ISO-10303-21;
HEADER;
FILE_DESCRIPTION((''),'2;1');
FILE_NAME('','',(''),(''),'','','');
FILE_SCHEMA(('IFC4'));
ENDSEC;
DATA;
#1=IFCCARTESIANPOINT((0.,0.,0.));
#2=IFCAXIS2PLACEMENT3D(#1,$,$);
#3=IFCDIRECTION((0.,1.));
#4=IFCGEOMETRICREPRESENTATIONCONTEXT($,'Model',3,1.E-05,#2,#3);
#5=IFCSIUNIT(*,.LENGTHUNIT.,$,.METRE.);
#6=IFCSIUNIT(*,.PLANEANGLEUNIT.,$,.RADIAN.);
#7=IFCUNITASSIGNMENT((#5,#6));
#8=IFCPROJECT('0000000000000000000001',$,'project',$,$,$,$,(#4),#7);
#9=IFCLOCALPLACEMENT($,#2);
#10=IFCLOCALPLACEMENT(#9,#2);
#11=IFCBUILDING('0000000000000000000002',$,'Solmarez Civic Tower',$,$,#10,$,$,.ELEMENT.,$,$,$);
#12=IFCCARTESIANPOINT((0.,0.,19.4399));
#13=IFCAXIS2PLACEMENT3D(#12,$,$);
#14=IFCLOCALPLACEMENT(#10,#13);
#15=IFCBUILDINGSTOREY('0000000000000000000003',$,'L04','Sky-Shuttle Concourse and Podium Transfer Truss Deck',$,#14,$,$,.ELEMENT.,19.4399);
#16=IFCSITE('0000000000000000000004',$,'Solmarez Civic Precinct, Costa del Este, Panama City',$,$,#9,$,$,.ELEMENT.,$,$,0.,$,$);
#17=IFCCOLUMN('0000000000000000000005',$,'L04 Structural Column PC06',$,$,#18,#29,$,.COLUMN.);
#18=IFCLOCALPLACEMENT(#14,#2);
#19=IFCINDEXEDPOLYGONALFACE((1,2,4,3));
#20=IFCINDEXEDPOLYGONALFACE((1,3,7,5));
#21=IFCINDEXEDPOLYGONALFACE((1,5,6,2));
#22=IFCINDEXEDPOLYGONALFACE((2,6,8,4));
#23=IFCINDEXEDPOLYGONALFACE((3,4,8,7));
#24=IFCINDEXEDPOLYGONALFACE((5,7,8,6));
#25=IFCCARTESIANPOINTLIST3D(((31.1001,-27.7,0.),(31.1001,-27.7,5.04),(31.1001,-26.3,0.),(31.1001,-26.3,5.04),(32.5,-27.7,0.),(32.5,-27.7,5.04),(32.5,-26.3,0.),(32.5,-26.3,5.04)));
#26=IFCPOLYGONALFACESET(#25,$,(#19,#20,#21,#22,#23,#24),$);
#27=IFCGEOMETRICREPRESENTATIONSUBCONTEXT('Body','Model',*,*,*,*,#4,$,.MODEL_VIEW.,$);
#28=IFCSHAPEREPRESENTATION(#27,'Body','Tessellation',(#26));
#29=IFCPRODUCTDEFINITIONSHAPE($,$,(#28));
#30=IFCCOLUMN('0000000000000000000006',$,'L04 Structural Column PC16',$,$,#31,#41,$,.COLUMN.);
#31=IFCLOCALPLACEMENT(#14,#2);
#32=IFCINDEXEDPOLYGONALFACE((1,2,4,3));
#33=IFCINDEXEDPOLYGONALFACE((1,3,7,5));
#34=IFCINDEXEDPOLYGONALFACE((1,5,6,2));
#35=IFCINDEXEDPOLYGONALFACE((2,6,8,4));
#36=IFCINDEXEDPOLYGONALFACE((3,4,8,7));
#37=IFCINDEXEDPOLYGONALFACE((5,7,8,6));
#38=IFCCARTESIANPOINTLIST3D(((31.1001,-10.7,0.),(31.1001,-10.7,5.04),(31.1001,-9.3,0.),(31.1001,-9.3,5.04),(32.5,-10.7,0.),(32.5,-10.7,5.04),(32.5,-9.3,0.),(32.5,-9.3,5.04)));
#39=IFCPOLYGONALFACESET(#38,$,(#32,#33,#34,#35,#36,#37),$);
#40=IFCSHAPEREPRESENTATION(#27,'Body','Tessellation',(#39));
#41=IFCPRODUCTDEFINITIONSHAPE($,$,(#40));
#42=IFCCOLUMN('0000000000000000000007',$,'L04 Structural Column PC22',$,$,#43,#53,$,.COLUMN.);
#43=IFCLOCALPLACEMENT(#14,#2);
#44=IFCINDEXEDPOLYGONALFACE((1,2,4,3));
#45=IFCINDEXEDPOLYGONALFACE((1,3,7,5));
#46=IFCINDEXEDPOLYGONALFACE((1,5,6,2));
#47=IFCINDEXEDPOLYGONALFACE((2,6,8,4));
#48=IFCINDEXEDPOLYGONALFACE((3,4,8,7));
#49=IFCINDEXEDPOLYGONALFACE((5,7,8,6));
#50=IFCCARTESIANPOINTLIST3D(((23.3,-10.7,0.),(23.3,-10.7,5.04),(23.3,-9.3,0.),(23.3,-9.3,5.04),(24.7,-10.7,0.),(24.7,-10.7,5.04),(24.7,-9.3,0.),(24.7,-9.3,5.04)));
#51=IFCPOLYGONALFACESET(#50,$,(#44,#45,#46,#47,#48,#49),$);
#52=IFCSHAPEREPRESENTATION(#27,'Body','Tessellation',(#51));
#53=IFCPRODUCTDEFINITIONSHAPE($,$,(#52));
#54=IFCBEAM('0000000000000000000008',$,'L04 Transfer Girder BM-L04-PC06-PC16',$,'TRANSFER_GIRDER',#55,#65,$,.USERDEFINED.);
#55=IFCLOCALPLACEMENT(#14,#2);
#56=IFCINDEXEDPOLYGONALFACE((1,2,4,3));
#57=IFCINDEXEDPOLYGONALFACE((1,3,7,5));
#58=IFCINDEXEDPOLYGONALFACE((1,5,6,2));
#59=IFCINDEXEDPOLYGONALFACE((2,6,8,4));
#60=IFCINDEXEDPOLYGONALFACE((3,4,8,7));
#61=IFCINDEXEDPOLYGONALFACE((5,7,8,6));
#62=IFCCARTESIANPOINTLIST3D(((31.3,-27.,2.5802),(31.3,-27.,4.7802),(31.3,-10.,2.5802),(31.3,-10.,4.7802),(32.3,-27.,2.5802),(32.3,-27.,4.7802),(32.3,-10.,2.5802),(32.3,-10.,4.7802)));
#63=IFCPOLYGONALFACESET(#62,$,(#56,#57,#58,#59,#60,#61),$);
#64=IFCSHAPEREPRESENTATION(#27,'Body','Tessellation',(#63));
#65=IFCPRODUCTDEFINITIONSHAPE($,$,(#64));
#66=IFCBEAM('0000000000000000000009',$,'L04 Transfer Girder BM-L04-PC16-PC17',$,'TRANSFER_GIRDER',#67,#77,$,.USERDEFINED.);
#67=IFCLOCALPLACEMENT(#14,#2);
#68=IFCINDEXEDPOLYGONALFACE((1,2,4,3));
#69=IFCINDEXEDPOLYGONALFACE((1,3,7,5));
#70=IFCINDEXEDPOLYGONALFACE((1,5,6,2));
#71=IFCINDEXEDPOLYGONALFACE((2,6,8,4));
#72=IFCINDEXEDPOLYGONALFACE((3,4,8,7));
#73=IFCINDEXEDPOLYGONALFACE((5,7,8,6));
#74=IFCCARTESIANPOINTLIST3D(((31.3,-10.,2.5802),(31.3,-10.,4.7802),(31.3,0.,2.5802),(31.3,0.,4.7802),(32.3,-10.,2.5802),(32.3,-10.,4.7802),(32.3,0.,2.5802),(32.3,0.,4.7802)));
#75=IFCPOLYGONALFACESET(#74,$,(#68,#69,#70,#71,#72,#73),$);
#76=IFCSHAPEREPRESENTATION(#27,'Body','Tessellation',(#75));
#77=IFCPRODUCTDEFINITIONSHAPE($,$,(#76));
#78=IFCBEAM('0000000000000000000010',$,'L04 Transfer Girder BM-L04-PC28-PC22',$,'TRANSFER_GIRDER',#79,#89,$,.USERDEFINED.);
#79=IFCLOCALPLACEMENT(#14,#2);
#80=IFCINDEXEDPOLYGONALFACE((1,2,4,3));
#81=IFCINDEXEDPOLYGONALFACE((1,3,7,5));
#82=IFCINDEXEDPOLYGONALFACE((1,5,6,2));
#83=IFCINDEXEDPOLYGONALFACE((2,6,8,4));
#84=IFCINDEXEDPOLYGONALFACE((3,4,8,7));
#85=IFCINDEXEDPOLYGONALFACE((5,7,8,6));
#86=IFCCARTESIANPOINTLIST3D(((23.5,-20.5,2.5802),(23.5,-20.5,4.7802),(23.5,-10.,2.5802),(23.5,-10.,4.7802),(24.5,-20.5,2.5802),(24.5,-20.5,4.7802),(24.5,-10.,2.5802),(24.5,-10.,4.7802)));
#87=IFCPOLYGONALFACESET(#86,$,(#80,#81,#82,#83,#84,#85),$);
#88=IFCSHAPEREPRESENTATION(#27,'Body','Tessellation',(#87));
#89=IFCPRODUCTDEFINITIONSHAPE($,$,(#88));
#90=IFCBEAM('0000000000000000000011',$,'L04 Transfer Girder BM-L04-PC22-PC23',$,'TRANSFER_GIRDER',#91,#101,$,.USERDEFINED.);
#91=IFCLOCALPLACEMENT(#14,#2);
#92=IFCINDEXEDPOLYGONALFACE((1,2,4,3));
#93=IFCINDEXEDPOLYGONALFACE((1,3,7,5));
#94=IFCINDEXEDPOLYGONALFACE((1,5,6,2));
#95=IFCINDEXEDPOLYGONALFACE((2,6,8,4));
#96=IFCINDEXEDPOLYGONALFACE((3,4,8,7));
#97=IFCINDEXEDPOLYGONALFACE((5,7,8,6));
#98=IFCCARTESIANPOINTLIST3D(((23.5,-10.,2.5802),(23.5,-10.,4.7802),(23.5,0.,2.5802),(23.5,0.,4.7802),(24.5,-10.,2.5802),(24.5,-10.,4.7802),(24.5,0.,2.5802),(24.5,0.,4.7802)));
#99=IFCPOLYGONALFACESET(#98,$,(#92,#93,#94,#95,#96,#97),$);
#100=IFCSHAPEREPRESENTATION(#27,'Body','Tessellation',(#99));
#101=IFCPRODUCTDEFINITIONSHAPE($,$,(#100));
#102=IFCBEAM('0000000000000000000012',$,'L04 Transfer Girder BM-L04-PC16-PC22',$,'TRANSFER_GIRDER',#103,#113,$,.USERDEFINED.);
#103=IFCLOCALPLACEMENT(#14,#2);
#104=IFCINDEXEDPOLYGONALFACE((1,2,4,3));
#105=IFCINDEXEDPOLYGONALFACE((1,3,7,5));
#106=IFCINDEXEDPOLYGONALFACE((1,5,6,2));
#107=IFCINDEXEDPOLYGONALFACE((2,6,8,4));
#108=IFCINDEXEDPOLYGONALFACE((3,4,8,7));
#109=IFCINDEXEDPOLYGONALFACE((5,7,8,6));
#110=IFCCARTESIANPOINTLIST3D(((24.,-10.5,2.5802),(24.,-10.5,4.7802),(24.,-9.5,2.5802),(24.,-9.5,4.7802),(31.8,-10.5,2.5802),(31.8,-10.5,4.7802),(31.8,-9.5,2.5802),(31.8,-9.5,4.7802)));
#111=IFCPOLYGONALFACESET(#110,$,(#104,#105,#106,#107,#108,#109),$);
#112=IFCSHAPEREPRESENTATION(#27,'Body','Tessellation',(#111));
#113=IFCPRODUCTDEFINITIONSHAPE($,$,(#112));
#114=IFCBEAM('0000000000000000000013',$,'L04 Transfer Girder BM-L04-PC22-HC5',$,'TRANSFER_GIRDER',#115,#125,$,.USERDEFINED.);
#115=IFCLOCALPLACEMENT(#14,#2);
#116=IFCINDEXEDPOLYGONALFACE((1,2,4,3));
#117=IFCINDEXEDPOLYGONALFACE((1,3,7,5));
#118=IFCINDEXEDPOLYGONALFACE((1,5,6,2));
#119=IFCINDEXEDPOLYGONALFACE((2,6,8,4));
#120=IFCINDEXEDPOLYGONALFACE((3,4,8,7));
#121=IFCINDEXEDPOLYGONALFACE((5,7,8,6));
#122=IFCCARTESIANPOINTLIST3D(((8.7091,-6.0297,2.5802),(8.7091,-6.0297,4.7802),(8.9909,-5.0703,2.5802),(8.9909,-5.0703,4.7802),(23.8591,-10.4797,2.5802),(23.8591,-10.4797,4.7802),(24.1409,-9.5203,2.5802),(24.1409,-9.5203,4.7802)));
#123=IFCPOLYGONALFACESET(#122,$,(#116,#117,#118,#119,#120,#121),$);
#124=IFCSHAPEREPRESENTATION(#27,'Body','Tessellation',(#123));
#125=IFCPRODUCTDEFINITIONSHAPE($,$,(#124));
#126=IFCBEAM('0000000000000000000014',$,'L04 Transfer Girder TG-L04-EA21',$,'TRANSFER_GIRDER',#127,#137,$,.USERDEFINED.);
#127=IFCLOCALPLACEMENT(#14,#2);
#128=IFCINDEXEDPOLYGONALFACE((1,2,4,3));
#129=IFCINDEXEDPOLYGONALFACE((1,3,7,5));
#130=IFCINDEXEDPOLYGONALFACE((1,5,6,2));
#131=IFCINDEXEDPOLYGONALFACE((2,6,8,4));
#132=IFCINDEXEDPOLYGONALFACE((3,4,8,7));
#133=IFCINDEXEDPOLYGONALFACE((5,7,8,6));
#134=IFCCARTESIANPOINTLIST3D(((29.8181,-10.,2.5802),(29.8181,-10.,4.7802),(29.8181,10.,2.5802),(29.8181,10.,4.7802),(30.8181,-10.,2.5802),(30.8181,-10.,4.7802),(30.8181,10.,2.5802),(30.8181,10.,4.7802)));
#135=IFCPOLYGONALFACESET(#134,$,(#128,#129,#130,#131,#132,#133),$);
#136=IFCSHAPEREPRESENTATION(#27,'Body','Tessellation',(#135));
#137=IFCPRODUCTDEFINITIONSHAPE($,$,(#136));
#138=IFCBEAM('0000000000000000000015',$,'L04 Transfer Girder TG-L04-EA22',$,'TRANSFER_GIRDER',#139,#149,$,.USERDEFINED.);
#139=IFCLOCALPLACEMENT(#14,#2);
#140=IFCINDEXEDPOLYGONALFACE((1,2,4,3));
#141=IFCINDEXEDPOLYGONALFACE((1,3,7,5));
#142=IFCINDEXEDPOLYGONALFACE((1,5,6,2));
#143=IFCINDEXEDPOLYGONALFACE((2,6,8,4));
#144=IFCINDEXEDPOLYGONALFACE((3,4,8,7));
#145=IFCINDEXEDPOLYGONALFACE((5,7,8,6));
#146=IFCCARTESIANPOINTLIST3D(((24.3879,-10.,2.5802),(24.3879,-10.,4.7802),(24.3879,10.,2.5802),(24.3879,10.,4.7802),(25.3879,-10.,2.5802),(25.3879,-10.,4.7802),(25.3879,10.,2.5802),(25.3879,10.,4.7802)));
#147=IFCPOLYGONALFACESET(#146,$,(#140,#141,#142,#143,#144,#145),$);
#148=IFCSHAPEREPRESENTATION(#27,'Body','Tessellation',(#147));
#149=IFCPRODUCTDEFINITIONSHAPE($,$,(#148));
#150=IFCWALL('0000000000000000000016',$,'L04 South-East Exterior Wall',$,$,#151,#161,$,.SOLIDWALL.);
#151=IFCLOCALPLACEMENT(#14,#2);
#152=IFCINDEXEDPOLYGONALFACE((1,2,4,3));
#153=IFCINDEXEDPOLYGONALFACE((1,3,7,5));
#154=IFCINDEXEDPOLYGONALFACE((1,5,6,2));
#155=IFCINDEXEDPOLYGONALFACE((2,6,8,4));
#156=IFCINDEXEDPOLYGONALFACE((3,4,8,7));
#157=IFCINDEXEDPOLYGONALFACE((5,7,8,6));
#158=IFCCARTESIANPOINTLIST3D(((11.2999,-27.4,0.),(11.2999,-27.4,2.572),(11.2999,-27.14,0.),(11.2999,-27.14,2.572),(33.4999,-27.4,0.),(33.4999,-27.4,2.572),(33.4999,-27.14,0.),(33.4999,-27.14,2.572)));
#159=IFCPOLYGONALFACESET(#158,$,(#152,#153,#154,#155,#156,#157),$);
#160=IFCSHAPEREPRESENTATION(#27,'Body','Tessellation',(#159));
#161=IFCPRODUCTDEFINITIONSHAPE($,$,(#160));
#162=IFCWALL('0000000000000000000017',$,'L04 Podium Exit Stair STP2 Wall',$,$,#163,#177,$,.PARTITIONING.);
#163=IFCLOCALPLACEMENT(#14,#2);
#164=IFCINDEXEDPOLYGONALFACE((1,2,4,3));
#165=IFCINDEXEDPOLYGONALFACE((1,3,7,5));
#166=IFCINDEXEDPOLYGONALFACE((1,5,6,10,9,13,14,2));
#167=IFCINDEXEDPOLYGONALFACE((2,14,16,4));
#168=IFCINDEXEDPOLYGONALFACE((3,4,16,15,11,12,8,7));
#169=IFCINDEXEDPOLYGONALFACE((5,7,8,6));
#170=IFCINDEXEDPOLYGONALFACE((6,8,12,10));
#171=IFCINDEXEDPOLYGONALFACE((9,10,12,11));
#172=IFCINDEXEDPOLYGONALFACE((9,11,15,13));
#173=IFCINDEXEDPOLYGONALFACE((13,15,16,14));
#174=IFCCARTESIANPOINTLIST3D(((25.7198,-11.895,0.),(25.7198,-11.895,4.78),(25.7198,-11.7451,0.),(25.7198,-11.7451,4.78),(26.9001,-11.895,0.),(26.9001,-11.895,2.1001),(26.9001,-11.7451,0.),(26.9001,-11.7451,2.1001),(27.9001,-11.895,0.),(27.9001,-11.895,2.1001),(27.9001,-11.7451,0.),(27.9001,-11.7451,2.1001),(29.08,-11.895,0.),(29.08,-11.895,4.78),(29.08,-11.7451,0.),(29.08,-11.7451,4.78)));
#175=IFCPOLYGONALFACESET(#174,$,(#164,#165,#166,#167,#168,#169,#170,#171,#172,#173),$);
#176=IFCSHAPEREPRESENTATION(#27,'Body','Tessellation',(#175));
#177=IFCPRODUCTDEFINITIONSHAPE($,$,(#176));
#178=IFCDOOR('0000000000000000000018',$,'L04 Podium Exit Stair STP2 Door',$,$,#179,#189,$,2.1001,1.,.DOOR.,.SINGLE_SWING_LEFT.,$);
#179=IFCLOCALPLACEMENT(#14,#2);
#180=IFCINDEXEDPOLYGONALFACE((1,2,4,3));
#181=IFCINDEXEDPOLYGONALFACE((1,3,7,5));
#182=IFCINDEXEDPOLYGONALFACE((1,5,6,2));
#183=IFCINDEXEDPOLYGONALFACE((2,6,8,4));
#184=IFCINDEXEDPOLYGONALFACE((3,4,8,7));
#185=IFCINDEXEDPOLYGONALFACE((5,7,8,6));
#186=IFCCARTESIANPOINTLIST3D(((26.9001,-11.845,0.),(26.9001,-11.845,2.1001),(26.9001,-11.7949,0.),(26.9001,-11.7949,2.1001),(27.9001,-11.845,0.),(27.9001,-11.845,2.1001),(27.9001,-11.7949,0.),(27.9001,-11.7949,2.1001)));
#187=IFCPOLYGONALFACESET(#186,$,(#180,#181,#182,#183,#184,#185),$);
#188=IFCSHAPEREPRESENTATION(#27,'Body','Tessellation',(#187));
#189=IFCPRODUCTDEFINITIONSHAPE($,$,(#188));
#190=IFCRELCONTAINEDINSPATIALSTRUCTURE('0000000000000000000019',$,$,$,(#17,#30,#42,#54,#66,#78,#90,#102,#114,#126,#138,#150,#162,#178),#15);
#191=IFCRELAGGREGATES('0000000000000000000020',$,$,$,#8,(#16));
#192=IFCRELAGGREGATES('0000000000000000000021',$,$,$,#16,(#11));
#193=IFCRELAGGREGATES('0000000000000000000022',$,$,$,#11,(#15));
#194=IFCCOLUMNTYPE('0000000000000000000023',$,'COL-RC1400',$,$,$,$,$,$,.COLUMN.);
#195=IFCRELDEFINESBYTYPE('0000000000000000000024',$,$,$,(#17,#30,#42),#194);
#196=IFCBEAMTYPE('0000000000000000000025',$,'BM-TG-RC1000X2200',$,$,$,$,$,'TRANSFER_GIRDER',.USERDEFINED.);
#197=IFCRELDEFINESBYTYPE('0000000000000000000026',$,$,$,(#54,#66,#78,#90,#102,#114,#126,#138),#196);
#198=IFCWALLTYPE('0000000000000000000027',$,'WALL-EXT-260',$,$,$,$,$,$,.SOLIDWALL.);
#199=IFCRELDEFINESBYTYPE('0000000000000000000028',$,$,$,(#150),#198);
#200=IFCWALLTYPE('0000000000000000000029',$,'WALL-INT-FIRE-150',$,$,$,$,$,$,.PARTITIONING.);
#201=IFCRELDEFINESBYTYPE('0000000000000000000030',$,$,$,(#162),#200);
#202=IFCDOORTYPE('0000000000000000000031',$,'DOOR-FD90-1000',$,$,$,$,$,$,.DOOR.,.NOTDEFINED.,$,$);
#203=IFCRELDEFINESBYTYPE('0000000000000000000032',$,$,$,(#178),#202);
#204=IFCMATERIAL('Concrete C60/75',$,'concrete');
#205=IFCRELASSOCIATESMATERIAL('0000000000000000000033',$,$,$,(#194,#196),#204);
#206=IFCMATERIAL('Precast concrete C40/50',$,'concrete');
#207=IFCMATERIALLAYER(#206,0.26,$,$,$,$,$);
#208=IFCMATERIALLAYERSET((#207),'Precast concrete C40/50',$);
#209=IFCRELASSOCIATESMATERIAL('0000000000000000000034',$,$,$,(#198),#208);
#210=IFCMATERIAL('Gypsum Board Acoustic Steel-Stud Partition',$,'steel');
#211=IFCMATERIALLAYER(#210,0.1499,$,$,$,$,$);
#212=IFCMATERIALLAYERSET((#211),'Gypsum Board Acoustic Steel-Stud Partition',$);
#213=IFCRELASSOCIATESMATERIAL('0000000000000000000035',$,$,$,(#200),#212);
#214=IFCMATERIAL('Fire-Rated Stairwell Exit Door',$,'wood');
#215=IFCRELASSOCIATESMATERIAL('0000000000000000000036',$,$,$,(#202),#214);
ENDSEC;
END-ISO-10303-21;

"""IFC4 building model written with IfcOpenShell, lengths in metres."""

from ifc_helpers import new_model, si_unit, direction, frame, frame_2d, origin, origin_2d, place, context, subcontext, project, spatial, rectangle, extrude, material, layer, layer_set, material_profile, profile_set, type_object, element, fill, save


model = new_model("IFC4")

# Units and contexts
model_context = context("Model", 3, precision=1e-05, world=origin(), true_north=direction((0.0, 1.0)))
body_context = subcontext(model_context, "Body", "Model", "MODEL_VIEW")
ifc_project = project(units=[si_unit("LENGTHUNIT", "METRE"), si_unit("PLANEANGLEUNIT", "RADIAN")], contexts=[model_context])

# Site, building, storey
site_placement = place(None, origin())
site = spatial("IfcSite", under=ifc_project, at=site_placement, Name="Solmarez Civic Precinct, Costa del Este, Panama City", CompositionType="ELEMENT", RefElevation=0.0)
building_placement = place(site_placement, origin())
building = spatial("IfcBuilding", under=site, at=building_placement, Name="Solmarez Civic Tower", CompositionType="ELEMENT")
storey_placement = place(building_placement, frame((0.0, 0.0, 19.4399)))
storey = spatial("IfcBuildingStorey", under=building, at=storey_placement, Name="L04", Description="Sky-Shuttle Concourse and Podium Transfer Truss Deck", CompositionType="ELEMENT", Elevation=19.4399)

# Columns
ifc_material_1 = material(Name="Concrete C60/75", Category="concrete")
ifc_material_profile_1 = material_profile(ifc_material_1, rectangle(XDim=1.3999, YDim=1.3999, at=origin_2d()), Name="RC1400X1400")
ifc_profile_set_1 = profile_set([ifc_material_profile_1], Name="Concrete C60/75")
column_type = type_object("IfcColumnType", Name="COL-RC1400", PredefinedType="COLUMN", material=ifc_profile_set_1)
for number, where, z_axis, x_axis, name in (
    (1, (31.8, -27.0, 0.0), (0.0, 0.0, 1.0), (1.0, 0.0, 0.0), "L04 Structural Column PC06"),
    (2, (31.8, -10.0, 0.0), (0.0, 0.0, 1.0), (1.0, 0.0, 0.0), "L04 Structural Column PC16"),
    (3, (24.0, -10.0, 0.0), (0.0, 0.0, 1.0), (1.0, 0.0, 0.0), "L04 Structural Column PC22"),
):
    element("IfcColumn", number, at=place(storey_placement, frame(where, z_axis=z_axis, x_axis=x_axis)), inside=storey, type_object=column_type, Name=name, PredefinedType="COLUMN", context=body_context, shape_type="SweptSolid", body=[
        extrude(rectangle(XDim=1.3999, YDim=1.3999, at=origin_2d()), origin(), (0.0, 0.0, 1.0), 5.04),
    ])

# Beams
ifc_material_profile_2 = material_profile(ifc_material_1, rectangle(XDim=1.0, YDim=2.2, at=origin_2d()), Name="RC1000X2200")
ifc_profile_set_2 = profile_set([ifc_material_profile_2], Name="Concrete C60/75")
beam_type = type_object("IfcBeamType", Name="BM-TG-RC1000X2200", ElementType="TRANSFER_GIRDER", PredefinedType="USERDEFINED", material=ifc_profile_set_2)
beam_1_placement = place(storey_placement, frame((31.8, -27.0, 3.6802), z_axis=(0.0, 1.0, 0.0), x_axis=(-1.0, 0.0, 0.0)))
element("IfcBeam", 4, at=beam_1_placement, inside=storey, type_object=beam_type, Name="L04 Transfer Girder BM-L04-PC06-PC16", ObjectType="TRANSFER_GIRDER", PredefinedType="USERDEFINED", context=body_context, shape_type="SweptSolid", body=[
    extrude(rectangle(XDim=1.0, YDim=2.2, at=origin_2d()), origin(), (0.0, 0.0, 1.0), 17.0),
])
beam_2_placement = place(storey_placement, frame((31.8, -10.0, 3.6802), z_axis=(0.0, 1.0, 0.0), x_axis=(-1.0, 0.0, 0.0)))
element("IfcBeam", 5, at=beam_2_placement, inside=storey, type_object=beam_type, Name="L04 Transfer Girder BM-L04-PC16-PC17", ObjectType="TRANSFER_GIRDER", PredefinedType="USERDEFINED", context=body_context, shape_type="SweptSolid", body=[
    extrude(rectangle(XDim=1.0, YDim=2.2, at=origin_2d()), origin(), (0.0, 0.0, 1.0), 10.0),
])
beam_3_placement = place(storey_placement, frame((24.0, -20.5, 3.6802), z_axis=(0.0, 1.0, 0.0), x_axis=(-1.0, 0.0, 0.0)))
element("IfcBeam", 6, at=beam_3_placement, inside=storey, type_object=beam_type, Name="L04 Transfer Girder BM-L04-PC28-PC22", ObjectType="TRANSFER_GIRDER", PredefinedType="USERDEFINED", context=body_context, shape_type="SweptSolid", body=[
    extrude(rectangle(XDim=1.0, YDim=2.2, at=origin_2d()), origin(), (0.0, 0.0, 1.0), 10.5),
])
beam_4_placement = place(storey_placement, frame((24.0, -10.0, 3.6802), z_axis=(0.0, 1.0, 0.0), x_axis=(-1.0, 0.0, 0.0)))
element("IfcBeam", 7, at=beam_4_placement, inside=storey, type_object=beam_type, Name="L04 Transfer Girder BM-L04-PC22-PC23", ObjectType="TRANSFER_GIRDER", PredefinedType="USERDEFINED", context=body_context, shape_type="SweptSolid", body=[
    extrude(rectangle(XDim=1.0, YDim=2.2, at=origin_2d()), origin(), (0.0, 0.0, 1.0), 10.0),
])
beam_5_placement = place(storey_placement, frame((31.8, -10.0, 3.6802), z_axis=(-1.0, 0.0, 0.0), x_axis=(0.0, -1.0, 0.0)))
element("IfcBeam", 8, at=beam_5_placement, inside=storey, type_object=beam_type, Name="L04 Transfer Girder BM-L04-PC16-PC22", ObjectType="TRANSFER_GIRDER", PredefinedType="USERDEFINED", context=body_context, shape_type="SweptSolid", body=[
    extrude(rectangle(XDim=1.0, YDim=2.2, at=origin_2d()), origin(), (0.0, 0.0, 1.0), 7.8),
])
beam_6_placement = place(storey_placement, frame((24.0, -10.0, 3.6802), z_axis=(-0.959467, 0.281822, 0.0), x_axis=(-0.281822, -0.959467, 0.0)))
element("IfcBeam", 9, at=beam_6_placement, inside=storey, type_object=beam_type, Name="L04 Transfer Girder BM-L04-PC22-HC5", ObjectType="TRANSFER_GIRDER", PredefinedType="USERDEFINED", context=body_context, shape_type="SweptSolid", body=[
    extrude(rectangle(XDim=1.0, YDim=2.2, at=origin_2d()), origin(), (0.0, 0.0, 1.0), 15.79),
])
for number, where, z_axis, x_axis, name in (
    (10, (30.3181, -10.0, 3.6802), (0.0, 1.0, 0.0), (-1.0, 0.0, 0.0), "L04 Transfer Girder TG-L04-EA21"),
    (11, (24.8879, -10.0, 3.6802), (0.0, 1.0, 0.0), (-1.0, 0.0, 0.0), "L04 Transfer Girder TG-L04-EA22"),
):
    element("IfcBeam", number, at=place(storey_placement, frame(where, z_axis=z_axis, x_axis=x_axis)), inside=storey, type_object=beam_type, Name=name, ObjectType="TRANSFER_GIRDER", PredefinedType="USERDEFINED", context=body_context, shape_type="SweptSolid", body=[
        extrude(rectangle(XDim=1.0, YDim=2.2, at=origin_2d()), origin(), (0.0, 0.0, 1.0), 20.0),
    ])

# Wall
ifc_material_2 = material(Name="Precast concrete C40/50", Category="concrete")
ifc_layer_1 = layer(ifc_material_2, 0.26)
ifc_layer_set_1 = layer_set([ifc_layer_1], Name="Precast concrete C40/50")
wall_type_1 = type_object("IfcWallType", Name="WALL-EXT-260", PredefinedType="SOLIDWALL", material=ifc_layer_set_1)
wall_1_placement = place(storey_placement, frame((33.5, -27.27, 0.0), z_axis=(0.0, 0.0, 1.0), x_axis=(-1.0, 0.0, 0.0)))
element("IfcWall", 12, at=wall_1_placement, inside=storey, type_object=wall_type_1, Name="L04 South-East Exterior Wall", PredefinedType="SOLIDWALL", context=body_context, shape_type="SweptSolid", body=[
    extrude(rectangle(XDim=22.2, YDim=0.26, at=frame_2d((11.1001, 0.0))), origin(), (0.0, 0.0, 1.0), 2.572),
])

# Wall, opening, door
ifc_material_3 = material(Name="Gypsum Board Acoustic Steel-Stud Partition", Category="steel")
ifc_layer_2 = layer(ifc_material_3, 0.1499)
ifc_layer_set_2 = layer_set([ifc_layer_2], Name="Gypsum Board Acoustic Steel-Stud Partition")
wall_type_2 = type_object("IfcWallType", Name="WALL-INT-FIRE-150", PredefinedType="PARTITIONING", material=ifc_layer_set_2)
wall_2_placement = place(storey_placement, frame((29.0801, -11.8201, 0.0), z_axis=(0.0, 0.0, 1.0), x_axis=(-1.0, 0.0, 0.0)))
wall_2 = element("IfcWall", 13, at=wall_2_placement, inside=storey, type_object=wall_type_2, Name="L04 Podium Exit Stair STP2 Wall", PredefinedType="PARTITIONING", context=body_context, shape_type="SweptSolid", body=[
    extrude(rectangle(XDim=3.3601, YDim=0.1499, at=frame_2d((1.6802, 0.0))), origin(), (0.0, 0.0, 1.0), 4.78),
])
opening_placement = place(wall_2_placement, frame((1.1799, 0.0, 0.0)))
opening = element("IfcOpeningElement", 14, at=opening_placement, cuts=wall_2, PredefinedType="OPENING", context=body_context, shape_type="SweptSolid", body=[
    extrude(rectangle(XDim=1.0, YDim=2.1001, at=frame_2d((0.5, 1.05))), frame((0.0, 0.085, 0.0), z_axis=(0.0, -1.0, 0.0), x_axis=(1.0, 0.0, 0.0)), (0.0, 0.0, 1.0), 0.1699),
])
ifc_material_4 = material(Name="Fire-Rated Stairwell Exit Door", Category="wood")
door_type = type_object("IfcDoorType", Name="DOOR-FD90-1000", OperationType="NOTDEFINED", PredefinedType="DOOR", material=ifc_material_4)
door_placement = place(opening_placement, origin())
door = element("IfcDoor", 15, at=door_placement, inside=storey, type_object=door_type, Name="L04 Podium Exit Stair STP2 Door", OperationType="SINGLE_SWING_LEFT", OverallHeight=2.1001, OverallWidth=1.0, PredefinedType="DOOR", context=body_context, shape_type="SweptSolid", body=[
    extrude(rectangle(XDim=1.0, YDim=2.1001, at=frame_2d((0.5, 1.05))), frame((0.0, 0.0249, 0.0), z_axis=(0.0, -1.0, 0.0), x_axis=(1.0, 0.0, 0.0)), (0.0, 0.0, 1.0), 0.05),
])
fill(opening, door)

save(model, "model.ifc")
